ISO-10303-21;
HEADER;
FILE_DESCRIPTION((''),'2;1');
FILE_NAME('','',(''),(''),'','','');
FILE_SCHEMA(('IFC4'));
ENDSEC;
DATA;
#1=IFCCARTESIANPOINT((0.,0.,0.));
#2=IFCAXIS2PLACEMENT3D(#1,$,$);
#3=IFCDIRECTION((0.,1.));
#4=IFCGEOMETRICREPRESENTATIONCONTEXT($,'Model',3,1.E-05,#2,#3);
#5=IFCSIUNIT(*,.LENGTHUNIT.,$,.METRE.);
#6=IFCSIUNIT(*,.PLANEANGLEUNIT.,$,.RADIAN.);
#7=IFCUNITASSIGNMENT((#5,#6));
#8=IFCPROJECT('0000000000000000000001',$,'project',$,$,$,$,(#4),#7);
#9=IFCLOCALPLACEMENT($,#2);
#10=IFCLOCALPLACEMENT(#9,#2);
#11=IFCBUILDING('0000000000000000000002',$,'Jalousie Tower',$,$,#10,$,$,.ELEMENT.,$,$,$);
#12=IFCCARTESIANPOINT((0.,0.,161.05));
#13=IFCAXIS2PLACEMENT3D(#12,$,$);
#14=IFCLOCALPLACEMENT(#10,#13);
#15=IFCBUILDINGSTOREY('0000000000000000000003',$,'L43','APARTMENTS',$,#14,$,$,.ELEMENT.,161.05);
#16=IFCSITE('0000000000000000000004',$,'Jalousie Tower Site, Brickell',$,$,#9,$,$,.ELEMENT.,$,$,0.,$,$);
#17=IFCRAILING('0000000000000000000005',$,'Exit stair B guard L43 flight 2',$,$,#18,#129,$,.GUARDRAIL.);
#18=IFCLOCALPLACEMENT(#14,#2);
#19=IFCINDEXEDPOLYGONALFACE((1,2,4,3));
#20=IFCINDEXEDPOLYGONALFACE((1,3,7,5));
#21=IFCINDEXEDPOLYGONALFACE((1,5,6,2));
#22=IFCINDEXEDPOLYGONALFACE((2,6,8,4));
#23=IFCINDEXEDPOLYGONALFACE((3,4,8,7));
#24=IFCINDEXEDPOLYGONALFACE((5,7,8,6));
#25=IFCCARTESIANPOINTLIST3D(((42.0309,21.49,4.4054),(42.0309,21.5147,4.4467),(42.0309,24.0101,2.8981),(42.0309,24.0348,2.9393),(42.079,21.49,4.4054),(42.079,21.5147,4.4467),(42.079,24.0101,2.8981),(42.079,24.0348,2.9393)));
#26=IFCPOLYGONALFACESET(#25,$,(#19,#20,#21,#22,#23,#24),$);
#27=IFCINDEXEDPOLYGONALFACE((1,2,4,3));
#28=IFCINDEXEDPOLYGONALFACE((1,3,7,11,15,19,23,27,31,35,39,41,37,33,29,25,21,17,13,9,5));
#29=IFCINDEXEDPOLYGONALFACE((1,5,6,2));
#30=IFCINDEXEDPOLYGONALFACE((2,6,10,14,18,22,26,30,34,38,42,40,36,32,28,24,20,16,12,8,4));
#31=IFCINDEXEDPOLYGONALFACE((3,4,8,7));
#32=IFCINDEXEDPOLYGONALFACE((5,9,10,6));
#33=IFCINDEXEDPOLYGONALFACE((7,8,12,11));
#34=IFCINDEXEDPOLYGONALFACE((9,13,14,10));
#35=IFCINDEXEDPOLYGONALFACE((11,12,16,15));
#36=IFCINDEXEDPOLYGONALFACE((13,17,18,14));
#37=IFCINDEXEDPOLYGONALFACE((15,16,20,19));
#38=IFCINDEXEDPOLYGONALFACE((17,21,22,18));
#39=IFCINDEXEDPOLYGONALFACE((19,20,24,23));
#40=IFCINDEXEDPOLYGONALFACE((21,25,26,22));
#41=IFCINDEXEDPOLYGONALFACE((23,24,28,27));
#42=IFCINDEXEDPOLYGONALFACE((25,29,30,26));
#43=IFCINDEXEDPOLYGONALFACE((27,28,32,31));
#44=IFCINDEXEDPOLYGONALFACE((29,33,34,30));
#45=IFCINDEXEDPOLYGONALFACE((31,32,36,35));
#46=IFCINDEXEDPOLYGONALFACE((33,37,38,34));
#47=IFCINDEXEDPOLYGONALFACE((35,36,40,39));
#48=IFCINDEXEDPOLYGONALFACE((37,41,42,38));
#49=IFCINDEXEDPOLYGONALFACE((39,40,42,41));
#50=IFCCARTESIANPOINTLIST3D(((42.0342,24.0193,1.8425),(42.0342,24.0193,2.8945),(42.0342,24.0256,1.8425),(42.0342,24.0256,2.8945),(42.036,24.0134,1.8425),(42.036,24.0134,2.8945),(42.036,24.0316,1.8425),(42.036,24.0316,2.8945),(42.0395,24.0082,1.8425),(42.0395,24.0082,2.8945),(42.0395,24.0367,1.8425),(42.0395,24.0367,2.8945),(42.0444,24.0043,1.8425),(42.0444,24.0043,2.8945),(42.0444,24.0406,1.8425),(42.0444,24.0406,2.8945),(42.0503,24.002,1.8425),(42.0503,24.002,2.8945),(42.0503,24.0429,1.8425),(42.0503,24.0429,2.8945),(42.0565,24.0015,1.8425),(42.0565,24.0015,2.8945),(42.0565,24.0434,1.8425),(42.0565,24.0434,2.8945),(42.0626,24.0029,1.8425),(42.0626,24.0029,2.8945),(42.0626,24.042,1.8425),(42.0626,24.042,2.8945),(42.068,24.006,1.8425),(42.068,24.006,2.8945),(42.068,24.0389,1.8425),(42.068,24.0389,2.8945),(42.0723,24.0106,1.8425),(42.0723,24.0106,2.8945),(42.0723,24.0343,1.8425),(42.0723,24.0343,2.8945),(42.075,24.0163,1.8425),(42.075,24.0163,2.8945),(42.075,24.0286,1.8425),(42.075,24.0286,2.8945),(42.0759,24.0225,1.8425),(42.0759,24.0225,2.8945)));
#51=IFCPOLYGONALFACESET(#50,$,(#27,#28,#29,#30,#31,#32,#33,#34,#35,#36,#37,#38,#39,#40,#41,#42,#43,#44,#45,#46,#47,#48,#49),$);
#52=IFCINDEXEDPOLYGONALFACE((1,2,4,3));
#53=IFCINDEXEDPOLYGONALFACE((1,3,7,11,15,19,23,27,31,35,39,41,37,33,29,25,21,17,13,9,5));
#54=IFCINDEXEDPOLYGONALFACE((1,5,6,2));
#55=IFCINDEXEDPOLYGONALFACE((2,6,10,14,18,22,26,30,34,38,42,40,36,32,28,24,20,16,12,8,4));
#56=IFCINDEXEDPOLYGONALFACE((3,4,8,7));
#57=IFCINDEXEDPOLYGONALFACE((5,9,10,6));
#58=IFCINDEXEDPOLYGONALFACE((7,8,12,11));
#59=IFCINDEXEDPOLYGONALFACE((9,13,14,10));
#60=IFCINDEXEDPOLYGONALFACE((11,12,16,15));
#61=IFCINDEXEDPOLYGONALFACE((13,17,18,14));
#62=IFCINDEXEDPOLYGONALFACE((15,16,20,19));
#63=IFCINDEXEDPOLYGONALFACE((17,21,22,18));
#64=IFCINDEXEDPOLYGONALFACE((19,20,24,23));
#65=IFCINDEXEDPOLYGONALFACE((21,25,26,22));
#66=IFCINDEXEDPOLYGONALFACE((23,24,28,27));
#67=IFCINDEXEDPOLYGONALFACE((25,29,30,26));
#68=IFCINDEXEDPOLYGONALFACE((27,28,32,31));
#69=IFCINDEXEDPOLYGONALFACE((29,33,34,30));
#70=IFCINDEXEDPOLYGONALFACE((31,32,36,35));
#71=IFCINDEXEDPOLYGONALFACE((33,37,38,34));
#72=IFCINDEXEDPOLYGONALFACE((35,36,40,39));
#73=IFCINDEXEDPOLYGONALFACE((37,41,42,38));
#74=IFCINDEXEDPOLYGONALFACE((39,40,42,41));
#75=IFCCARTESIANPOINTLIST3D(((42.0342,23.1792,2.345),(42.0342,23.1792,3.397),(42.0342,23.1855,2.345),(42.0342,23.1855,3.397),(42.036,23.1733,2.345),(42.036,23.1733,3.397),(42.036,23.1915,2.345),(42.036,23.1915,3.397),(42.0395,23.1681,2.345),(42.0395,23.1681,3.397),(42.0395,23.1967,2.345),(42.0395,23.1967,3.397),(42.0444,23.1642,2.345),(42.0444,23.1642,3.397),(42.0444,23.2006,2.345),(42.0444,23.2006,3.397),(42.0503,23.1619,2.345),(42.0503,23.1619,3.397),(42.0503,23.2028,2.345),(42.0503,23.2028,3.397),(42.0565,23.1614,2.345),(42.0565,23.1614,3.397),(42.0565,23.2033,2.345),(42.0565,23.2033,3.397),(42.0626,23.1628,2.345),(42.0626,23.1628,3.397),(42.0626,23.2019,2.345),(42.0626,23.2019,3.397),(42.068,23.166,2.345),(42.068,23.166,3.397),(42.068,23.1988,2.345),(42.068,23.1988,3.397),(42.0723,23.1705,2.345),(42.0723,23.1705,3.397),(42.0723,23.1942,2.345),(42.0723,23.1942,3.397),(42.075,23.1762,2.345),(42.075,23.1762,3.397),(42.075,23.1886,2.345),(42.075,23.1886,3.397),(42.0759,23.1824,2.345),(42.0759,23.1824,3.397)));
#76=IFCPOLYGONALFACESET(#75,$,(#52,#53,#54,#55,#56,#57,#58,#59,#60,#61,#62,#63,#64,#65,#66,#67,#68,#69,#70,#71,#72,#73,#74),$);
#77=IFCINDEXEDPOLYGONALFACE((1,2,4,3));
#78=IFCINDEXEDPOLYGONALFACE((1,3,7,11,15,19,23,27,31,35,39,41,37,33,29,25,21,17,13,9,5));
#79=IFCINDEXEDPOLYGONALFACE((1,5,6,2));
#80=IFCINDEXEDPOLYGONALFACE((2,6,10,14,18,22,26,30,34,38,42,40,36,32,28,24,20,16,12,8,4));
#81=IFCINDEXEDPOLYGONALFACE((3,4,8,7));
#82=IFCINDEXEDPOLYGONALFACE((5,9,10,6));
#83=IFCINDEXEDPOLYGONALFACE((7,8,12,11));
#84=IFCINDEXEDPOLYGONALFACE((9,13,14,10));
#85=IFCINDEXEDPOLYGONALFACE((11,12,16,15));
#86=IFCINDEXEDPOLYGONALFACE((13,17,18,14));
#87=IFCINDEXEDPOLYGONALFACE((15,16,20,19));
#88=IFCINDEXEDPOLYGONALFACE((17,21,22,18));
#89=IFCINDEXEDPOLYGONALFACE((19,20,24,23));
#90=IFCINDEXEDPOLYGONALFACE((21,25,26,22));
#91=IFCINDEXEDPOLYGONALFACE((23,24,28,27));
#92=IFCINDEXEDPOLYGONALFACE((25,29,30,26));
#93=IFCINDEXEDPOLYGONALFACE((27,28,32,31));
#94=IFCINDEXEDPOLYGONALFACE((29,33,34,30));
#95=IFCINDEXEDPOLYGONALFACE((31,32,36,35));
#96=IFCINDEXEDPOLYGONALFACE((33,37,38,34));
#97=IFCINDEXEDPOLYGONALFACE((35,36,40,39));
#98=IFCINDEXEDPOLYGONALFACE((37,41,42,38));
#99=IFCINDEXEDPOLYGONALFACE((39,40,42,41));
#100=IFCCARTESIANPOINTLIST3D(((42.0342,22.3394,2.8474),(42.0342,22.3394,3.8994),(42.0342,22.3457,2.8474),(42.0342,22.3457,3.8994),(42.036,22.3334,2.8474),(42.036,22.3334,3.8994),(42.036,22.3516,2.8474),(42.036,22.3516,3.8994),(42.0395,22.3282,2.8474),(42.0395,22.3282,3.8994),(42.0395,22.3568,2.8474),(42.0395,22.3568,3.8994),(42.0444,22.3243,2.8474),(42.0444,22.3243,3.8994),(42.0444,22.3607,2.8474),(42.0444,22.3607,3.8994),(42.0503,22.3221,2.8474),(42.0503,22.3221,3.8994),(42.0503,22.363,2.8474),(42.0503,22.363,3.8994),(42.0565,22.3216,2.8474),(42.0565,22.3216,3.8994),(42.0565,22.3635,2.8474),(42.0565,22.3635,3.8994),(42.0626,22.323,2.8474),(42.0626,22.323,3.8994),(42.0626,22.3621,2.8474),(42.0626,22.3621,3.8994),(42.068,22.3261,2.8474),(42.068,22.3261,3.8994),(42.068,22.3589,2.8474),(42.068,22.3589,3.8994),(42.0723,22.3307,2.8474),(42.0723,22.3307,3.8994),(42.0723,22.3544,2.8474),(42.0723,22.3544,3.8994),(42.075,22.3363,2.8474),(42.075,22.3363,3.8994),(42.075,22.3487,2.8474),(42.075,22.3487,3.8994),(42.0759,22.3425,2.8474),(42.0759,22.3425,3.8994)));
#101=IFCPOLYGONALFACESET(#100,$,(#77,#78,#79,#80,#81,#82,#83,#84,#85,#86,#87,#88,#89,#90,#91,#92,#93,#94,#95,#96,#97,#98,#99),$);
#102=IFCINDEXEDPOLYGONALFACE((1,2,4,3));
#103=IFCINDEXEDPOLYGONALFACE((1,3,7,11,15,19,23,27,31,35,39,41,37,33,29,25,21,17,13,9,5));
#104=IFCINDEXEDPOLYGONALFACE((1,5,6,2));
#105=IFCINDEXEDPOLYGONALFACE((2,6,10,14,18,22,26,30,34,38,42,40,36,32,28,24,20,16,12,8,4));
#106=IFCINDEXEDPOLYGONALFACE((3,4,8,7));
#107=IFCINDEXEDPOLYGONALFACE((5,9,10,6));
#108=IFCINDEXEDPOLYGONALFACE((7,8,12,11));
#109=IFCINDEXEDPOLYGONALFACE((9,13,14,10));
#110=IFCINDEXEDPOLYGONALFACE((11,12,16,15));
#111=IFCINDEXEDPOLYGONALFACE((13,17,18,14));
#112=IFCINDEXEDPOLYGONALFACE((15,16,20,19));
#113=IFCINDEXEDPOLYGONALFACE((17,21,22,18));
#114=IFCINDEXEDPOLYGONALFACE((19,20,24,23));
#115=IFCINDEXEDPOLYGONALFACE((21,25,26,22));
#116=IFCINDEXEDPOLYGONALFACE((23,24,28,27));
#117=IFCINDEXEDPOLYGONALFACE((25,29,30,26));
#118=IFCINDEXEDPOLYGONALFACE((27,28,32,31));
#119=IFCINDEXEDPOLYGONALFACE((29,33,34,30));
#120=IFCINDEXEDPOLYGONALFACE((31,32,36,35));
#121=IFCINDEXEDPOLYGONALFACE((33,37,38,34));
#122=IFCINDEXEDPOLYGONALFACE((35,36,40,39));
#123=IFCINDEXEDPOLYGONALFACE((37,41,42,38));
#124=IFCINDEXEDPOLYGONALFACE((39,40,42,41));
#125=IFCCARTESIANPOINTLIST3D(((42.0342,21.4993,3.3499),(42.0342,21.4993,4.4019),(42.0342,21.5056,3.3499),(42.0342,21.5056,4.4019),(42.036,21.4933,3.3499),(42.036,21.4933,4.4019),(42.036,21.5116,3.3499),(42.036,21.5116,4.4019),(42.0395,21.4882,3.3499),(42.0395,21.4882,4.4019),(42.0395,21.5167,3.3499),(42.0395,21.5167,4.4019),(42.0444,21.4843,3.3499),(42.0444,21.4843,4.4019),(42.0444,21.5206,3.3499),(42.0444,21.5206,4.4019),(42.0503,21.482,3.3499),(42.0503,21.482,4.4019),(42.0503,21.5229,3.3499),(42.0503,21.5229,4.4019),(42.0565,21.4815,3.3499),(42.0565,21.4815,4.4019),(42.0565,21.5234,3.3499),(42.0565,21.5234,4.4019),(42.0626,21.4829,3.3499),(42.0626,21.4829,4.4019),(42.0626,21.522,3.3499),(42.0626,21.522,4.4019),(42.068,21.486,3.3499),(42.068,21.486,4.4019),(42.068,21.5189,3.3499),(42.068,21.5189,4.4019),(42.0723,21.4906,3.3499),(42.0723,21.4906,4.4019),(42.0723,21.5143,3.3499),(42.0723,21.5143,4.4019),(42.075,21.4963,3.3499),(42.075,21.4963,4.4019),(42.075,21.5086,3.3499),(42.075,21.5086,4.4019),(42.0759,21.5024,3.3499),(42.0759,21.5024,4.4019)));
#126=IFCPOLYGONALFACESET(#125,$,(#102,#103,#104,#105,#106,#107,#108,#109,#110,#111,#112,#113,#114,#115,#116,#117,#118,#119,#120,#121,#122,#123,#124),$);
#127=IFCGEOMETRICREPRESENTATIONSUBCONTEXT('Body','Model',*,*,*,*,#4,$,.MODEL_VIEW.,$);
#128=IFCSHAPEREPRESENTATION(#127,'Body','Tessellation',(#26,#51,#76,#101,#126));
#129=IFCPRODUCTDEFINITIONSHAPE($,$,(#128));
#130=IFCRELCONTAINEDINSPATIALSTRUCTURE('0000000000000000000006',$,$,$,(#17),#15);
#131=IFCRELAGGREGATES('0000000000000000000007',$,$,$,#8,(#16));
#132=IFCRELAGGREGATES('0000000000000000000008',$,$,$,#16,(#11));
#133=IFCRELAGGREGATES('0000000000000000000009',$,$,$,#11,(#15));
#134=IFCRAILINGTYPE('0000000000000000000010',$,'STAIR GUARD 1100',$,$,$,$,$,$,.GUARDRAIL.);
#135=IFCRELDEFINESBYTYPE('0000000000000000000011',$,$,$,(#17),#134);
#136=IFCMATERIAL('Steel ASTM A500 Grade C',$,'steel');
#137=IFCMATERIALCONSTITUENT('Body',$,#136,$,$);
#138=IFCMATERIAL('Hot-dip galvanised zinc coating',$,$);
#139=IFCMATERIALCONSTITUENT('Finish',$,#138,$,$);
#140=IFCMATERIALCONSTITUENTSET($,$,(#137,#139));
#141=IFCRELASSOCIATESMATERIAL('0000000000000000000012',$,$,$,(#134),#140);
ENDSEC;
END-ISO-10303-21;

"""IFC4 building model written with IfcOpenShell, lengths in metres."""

from ifc_helpers import new_model, si_unit, direction, frame, origin, origin_2d, place, context, subcontext, project, spatial, rectangle, circle, extrude, material, constituent, constituent_set, type_object, element, save


model = new_model("IFC4")

# Units and contexts
model_context = context("Model", 3, precision=1e-05, world=origin(), true_north=direction((0.0, 1.0)))
body_context = subcontext(model_context, "Body", "Model", "MODEL_VIEW")
ifc_project = project(units=[si_unit("LENGTHUNIT", "METRE"), si_unit("PLANEANGLEUNIT", "RADIAN")], contexts=[model_context])

# Site, building, storey
site_placement = place(None, origin())
site = spatial("IfcSite", under=ifc_project, at=site_placement, Name="Jalousie Tower Site, Brickell", CompositionType="ELEMENT", RefElevation=0.0)
building_placement = place(site_placement, origin())
building = spatial("IfcBuilding", under=site, at=building_placement, Name="Jalousie Tower", CompositionType="ELEMENT")
storey_placement = place(building_placement, frame((0.0, 0.0, 161.05)))
storey = spatial("IfcBuildingStorey", under=building, at=storey_placement, Name="L43", Description="APARTMENTS", CompositionType="ELEMENT", Elevation=161.05)

# Railing
ifc_material_1 = material(Name="Steel ASTM A500 Grade C", Category="steel")
ifc_constituent_1 = constituent(ifc_material_1, Name="Body")
ifc_material_2 = material(Name="Hot-dip galvanised zinc coating")
ifc_constituent_2 = constituent(ifc_material_2, Name="Finish")
ifc_constituent_set_1 = constituent_set(constituents=[ifc_constituent_1, ifc_constituent_2])
railing_type_1 = type_object("IfcRailingType", Name="STAIR GUARD 1100", PredefinedType="GUARDRAIL", material=ifc_constituent_set_1)
railing_1_placement = place(storey_placement, frame((42.0549, 24.0225, 1.8425)))
element("IfcRailing", 1, at=railing_1_placement, inside=storey, type_object=railing_type_1, Name="Exit stair B guard L43 flight 2", PredefinedType="GUARDRAIL", context=body_context, shape_type="SweptSolid", body=[
    extrude(rectangle(XDim=0.0481, YDim=0.0481, at=origin_2d()), frame((0.0, 0.0, 1.0762), z_axis=(0.0, -0.858196, 0.513321), x_axis=(1.0, 0.0, 0.0)), (0.0, 0.0, 1.0), 2.9365),
    extrude(circle(Radius=0.021, at=origin_2d()), origin(), (0.0, 0.0, 1.0), 1.052),
    extrude(circle(Radius=0.021, at=origin_2d()), frame((0.0, -0.8401, 0.5024)), (0.0, 0.0, 1.0), 1.052),
    extrude(circle(Radius=0.021, at=origin_2d()), frame((0.0, -1.6799, 1.0049)), (0.0, 0.0, 1.0), 1.052),
    extrude(circle(Radius=0.021, at=origin_2d()), frame((0.0, -2.52, 1.5073)), (0.0, 0.0, 1.0), 1.052),
])

save(model, "model.ifc")
